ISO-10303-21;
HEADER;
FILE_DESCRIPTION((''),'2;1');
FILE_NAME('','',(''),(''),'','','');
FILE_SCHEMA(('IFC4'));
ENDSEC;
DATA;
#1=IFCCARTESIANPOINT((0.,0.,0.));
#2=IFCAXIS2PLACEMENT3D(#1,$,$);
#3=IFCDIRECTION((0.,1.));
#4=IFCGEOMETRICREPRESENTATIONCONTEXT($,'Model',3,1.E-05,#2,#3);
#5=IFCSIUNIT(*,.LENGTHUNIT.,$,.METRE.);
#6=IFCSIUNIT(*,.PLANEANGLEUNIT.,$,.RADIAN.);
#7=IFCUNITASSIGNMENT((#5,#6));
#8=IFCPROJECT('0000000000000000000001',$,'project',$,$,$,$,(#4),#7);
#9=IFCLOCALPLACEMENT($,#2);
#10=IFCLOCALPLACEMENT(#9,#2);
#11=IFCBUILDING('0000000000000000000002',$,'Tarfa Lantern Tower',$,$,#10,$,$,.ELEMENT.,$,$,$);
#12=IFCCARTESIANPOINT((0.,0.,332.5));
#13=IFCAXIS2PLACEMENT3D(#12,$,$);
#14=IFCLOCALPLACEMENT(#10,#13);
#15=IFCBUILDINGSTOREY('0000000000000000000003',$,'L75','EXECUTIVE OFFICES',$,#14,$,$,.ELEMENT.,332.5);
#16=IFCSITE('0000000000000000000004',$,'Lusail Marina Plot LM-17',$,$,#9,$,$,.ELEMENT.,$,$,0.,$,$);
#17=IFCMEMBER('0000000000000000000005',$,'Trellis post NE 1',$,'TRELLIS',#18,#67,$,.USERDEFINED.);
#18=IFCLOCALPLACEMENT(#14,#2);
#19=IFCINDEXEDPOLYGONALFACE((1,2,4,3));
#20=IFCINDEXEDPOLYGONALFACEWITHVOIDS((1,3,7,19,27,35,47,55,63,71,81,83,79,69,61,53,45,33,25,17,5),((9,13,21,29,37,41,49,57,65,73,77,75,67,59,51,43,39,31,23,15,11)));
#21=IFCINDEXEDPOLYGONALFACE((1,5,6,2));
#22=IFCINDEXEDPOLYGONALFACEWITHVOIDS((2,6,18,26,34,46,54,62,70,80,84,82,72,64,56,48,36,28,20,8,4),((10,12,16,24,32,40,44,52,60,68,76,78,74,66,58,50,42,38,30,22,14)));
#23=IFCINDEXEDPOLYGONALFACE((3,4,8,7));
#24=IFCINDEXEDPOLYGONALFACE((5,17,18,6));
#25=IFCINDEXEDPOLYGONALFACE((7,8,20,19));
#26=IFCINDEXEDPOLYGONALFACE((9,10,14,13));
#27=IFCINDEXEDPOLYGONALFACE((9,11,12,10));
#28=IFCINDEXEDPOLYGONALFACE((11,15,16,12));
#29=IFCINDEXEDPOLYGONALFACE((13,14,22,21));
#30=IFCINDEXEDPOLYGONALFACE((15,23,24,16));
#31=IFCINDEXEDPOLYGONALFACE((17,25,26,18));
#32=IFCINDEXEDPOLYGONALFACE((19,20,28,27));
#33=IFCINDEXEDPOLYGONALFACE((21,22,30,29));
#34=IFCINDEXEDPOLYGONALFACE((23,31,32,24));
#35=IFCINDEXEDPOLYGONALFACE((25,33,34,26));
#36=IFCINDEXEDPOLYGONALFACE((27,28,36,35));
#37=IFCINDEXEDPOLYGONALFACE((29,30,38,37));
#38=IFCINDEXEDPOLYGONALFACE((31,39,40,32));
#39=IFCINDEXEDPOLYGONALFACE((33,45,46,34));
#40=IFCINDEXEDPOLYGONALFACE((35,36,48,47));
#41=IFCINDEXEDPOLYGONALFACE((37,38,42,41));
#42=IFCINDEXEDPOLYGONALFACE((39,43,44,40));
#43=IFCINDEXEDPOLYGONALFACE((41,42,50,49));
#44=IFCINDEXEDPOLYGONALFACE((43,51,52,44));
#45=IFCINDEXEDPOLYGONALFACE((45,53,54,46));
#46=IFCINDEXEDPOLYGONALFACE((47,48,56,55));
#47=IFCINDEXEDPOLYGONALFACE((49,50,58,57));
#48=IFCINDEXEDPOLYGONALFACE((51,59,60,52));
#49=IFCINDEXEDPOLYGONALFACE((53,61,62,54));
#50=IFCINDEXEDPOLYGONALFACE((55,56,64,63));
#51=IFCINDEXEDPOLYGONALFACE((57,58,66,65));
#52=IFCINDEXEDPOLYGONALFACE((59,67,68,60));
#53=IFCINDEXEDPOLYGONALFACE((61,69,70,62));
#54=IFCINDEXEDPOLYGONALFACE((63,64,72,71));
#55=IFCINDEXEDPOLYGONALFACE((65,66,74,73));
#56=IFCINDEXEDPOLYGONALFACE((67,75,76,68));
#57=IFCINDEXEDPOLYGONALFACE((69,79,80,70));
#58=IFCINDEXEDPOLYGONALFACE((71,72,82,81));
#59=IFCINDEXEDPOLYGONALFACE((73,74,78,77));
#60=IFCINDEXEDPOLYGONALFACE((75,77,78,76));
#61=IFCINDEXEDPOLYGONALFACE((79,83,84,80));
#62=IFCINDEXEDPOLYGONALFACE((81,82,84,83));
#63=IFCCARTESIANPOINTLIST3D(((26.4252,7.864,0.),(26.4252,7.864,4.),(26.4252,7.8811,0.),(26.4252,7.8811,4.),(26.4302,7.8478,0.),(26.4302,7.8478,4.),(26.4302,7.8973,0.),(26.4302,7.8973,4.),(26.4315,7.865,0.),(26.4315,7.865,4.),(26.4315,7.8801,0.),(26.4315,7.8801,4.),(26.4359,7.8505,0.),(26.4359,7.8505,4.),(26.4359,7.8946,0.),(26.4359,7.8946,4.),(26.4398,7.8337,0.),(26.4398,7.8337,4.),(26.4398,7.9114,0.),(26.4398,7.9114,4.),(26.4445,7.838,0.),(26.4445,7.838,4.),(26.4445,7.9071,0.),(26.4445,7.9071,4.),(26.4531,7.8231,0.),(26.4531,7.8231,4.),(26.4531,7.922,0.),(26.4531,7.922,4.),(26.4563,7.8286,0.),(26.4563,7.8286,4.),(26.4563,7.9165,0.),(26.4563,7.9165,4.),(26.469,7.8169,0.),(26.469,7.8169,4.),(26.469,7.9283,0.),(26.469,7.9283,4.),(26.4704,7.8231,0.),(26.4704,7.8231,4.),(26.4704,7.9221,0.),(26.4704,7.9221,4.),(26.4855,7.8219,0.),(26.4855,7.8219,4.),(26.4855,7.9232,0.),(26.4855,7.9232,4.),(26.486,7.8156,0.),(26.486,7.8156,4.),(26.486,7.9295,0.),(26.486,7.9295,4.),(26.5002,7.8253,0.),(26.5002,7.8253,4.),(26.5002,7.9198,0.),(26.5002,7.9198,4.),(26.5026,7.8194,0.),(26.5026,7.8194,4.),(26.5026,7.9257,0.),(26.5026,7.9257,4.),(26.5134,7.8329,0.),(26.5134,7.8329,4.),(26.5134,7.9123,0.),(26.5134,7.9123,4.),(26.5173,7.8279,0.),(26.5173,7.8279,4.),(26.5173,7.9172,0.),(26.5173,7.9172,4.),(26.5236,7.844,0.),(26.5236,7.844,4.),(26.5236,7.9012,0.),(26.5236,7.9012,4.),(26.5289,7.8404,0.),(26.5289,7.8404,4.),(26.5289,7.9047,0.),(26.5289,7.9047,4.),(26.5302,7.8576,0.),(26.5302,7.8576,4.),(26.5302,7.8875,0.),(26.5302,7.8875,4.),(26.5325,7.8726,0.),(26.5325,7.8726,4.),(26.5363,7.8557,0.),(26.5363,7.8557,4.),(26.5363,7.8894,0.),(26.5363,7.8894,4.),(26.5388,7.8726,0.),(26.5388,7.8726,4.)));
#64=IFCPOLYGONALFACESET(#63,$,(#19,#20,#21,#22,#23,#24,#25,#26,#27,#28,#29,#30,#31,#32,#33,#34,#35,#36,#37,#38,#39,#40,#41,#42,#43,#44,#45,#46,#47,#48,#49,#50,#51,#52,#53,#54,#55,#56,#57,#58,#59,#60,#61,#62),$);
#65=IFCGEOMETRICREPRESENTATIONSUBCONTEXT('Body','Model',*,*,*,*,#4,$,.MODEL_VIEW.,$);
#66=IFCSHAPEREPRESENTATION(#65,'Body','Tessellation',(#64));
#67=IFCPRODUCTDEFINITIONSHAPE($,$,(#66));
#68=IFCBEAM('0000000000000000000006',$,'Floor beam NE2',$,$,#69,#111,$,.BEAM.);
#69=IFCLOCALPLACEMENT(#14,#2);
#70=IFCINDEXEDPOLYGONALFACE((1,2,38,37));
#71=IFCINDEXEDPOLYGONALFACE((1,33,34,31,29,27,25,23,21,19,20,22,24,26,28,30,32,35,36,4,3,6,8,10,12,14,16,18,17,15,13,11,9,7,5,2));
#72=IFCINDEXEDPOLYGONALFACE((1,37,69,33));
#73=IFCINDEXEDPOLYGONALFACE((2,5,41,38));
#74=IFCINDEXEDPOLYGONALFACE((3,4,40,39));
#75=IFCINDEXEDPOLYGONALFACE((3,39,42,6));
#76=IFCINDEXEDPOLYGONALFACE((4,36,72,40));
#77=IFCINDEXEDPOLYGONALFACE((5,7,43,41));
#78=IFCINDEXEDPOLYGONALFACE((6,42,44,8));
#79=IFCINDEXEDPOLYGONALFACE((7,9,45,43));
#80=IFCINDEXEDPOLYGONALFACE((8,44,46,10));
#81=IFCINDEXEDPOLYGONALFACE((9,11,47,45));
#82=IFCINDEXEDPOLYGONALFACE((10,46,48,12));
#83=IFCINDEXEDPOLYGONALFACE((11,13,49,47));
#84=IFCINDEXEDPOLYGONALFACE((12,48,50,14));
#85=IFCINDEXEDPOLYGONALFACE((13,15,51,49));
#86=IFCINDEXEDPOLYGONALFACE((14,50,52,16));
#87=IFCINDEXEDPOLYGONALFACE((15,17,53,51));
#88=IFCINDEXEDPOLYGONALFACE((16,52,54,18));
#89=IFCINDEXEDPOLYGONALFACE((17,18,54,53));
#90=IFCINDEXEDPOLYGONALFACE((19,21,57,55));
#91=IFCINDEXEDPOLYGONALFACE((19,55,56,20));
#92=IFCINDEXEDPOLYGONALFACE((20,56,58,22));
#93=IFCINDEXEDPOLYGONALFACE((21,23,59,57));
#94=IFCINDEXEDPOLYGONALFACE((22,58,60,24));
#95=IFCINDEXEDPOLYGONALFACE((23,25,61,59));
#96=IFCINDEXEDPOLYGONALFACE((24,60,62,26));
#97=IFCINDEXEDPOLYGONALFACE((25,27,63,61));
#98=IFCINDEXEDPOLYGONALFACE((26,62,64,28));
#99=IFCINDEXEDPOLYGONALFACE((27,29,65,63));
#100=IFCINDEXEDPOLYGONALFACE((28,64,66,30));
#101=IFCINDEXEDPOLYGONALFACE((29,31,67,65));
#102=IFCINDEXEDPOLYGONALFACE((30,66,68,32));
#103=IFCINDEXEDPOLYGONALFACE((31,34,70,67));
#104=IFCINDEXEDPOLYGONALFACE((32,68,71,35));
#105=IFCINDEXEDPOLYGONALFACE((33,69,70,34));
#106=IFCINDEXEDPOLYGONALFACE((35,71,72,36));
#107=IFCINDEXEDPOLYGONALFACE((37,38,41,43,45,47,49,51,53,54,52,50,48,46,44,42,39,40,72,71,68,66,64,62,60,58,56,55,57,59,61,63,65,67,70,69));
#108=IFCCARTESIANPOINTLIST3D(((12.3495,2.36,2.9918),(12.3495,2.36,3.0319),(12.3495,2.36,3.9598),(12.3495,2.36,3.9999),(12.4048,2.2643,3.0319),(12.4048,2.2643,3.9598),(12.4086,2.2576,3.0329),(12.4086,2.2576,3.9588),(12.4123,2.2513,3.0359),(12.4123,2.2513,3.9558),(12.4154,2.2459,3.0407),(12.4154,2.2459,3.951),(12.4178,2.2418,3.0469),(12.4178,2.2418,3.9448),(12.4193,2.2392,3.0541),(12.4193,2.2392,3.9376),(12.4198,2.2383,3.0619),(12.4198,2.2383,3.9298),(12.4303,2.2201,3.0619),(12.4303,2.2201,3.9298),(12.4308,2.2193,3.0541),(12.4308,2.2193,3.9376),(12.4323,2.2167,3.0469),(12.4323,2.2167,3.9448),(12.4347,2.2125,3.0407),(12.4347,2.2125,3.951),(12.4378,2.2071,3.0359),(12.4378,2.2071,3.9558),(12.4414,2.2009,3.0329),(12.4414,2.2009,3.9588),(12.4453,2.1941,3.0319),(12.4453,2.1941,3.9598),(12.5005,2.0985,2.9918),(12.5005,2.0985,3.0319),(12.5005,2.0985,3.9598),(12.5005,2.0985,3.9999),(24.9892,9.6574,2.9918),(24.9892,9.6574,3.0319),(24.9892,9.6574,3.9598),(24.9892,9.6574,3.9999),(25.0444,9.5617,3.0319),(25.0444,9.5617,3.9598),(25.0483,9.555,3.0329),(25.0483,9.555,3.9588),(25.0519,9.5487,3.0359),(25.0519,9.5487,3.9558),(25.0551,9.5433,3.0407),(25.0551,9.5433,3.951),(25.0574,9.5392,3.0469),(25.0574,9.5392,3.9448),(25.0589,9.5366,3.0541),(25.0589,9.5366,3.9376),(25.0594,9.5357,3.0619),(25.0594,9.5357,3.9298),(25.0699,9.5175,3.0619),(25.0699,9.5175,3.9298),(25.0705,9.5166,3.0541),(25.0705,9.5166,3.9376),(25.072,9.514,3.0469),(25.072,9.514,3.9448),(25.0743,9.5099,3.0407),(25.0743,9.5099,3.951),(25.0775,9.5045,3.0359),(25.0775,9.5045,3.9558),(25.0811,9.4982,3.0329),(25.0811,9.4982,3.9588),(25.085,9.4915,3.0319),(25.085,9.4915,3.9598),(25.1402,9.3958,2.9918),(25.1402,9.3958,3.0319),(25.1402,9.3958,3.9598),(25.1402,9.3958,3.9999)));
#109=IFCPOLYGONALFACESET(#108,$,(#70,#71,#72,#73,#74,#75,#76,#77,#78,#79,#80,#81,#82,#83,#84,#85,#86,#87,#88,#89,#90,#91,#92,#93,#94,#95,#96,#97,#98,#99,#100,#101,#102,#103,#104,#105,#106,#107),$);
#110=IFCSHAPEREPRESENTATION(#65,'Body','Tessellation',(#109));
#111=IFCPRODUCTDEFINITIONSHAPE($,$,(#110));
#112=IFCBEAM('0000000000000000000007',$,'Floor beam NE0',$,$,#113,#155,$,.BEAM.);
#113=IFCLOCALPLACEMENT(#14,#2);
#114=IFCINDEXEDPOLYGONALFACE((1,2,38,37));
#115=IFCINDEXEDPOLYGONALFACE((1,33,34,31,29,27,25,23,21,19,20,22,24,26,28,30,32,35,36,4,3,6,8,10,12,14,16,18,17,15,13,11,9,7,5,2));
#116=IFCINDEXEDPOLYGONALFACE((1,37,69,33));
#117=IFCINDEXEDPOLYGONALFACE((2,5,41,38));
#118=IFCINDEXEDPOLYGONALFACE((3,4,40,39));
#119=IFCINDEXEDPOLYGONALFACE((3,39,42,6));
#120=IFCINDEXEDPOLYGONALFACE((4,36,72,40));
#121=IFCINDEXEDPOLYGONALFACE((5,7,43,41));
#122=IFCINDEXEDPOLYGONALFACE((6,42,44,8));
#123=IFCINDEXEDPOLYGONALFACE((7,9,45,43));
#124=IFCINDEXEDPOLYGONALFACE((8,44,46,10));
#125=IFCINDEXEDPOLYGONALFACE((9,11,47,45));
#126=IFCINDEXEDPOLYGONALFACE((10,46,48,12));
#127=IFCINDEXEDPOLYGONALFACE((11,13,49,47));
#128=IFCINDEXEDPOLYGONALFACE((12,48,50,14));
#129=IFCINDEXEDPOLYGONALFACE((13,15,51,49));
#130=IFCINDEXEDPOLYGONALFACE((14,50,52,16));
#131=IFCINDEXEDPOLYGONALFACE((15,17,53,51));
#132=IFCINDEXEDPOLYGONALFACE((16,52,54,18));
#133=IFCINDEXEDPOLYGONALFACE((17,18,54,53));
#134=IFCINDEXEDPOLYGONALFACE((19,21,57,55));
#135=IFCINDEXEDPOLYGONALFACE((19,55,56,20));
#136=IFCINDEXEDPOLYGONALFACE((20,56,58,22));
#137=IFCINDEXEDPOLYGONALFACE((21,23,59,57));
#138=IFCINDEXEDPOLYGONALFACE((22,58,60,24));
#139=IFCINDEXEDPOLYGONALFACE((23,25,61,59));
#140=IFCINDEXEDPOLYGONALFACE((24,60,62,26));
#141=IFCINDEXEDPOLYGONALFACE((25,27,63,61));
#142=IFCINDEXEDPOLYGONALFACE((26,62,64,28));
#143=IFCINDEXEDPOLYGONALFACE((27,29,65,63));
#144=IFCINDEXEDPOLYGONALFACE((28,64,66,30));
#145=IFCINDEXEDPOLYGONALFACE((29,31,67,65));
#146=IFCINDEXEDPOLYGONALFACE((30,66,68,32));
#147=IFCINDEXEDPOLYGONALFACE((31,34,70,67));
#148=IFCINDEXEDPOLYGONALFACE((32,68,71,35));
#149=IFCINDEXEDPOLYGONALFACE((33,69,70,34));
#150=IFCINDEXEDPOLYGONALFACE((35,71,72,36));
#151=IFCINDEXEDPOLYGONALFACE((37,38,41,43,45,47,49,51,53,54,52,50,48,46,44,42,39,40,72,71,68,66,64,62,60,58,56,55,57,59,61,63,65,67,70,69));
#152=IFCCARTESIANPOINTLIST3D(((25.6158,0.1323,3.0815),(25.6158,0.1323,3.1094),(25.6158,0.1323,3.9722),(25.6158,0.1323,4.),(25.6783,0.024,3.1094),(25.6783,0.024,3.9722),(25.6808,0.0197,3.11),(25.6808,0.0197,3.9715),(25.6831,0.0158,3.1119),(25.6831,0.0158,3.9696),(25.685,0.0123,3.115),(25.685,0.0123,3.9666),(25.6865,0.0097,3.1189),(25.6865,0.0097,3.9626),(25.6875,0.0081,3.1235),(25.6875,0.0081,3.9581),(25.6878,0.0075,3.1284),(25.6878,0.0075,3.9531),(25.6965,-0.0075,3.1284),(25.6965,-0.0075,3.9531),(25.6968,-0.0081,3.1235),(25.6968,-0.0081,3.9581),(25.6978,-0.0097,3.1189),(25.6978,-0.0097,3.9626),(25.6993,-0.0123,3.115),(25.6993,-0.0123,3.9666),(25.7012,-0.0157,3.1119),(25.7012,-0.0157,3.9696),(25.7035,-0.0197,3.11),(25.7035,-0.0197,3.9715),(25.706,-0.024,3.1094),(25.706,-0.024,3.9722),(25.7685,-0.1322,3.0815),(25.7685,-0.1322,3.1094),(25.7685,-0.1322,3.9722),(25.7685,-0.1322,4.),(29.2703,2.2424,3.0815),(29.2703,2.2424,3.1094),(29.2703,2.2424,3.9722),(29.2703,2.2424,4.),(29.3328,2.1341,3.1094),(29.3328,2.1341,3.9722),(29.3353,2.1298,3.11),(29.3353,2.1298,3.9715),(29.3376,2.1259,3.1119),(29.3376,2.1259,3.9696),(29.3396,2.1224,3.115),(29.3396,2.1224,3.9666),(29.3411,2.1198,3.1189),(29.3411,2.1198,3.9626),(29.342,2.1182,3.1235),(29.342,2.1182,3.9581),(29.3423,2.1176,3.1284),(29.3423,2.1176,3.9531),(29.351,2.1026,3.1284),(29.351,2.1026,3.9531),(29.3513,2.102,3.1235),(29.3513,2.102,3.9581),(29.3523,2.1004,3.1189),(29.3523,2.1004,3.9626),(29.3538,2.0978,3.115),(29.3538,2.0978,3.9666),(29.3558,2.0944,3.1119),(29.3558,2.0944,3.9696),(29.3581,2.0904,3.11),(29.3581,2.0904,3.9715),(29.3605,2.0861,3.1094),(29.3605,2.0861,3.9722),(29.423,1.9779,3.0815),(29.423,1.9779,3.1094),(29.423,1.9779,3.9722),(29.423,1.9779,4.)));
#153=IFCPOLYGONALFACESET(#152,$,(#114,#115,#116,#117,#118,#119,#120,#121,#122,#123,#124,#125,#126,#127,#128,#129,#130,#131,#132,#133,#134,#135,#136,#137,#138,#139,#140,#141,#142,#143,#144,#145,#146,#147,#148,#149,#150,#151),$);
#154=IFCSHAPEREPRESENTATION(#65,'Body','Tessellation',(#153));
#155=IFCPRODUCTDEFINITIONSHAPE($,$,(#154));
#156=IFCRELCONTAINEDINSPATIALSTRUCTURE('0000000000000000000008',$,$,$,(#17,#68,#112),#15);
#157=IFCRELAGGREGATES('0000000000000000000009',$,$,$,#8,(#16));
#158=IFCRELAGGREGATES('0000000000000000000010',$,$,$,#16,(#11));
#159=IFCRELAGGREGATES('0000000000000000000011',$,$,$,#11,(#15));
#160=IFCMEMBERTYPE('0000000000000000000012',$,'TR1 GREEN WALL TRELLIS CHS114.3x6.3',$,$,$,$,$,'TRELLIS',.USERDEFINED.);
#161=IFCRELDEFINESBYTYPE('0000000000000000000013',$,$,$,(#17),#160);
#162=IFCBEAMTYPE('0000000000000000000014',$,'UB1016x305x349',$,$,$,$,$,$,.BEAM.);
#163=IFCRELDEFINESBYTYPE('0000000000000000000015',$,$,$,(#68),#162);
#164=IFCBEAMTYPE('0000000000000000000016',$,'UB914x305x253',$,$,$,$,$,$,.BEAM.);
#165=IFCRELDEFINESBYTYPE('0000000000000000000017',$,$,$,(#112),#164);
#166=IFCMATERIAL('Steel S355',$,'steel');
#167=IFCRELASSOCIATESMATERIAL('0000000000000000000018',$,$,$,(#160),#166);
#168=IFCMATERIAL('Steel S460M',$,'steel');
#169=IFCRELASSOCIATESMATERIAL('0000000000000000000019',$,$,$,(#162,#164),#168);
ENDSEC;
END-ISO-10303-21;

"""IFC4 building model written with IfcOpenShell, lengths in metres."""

from ifc_helpers import new_model, si_unit, direction, frame, origin, origin_2d, place, context, subcontext, project, spatial, hollow_circle, i_section, extrude, material, material_profile, profile_set, type_object, element, save


model = new_model("IFC4")

# Units and contexts
model_context = context("Model", 3, precision=1e-05, world=origin(), true_north=direction((0.0, 1.0)))
body_context = subcontext(model_context, "Body", "Model", "MODEL_VIEW")
ifc_project = project(units=[si_unit("LENGTHUNIT", "METRE"), si_unit("PLANEANGLEUNIT", "RADIAN")], contexts=[model_context])

# Site, building, storey
site_placement = place(None, origin())
site = spatial("IfcSite", under=ifc_project, at=site_placement, Name="Lusail Marina Plot LM-17", CompositionType="ELEMENT", RefElevation=0.0)
building_placement = place(site_placement, origin())
building = spatial("IfcBuilding", under=site, at=building_placement, Name="Tarfa Lantern Tower", CompositionType="ELEMENT")
storey_placement = place(building_placement, frame((0.0, 0.0, 332.5)))
storey = spatial("IfcBuildingStorey", under=building, at=storey_placement, Name="L75", Description="EXECUTIVE OFFICES", CompositionType="ELEMENT", Elevation=332.5)

# Member
ifc_material_1 = material(Name="Steel S355", Category="steel")
ifc_material_profile_1 = material_profile(ifc_material_1, hollow_circle(Radius=0.0571, WallThickness=0.0063, at=origin_2d()), Name="CHS114.3x6.3")
ifc_profile_set_1 = profile_set([ifc_material_profile_1], Name="Steel S355")
member_type_1 = type_object("IfcMemberType", Name="TR1 GREEN WALL TRELLIS CHS114.3x6.3", ElementType="TRELLIS", PredefinedType="USERDEFINED", material=ifc_profile_set_1)
member_1_placement = place(storey_placement, frame((26.4817, 7.8726, 0.0), z_axis=(0.0, 0.0, 1.0), x_axis=(1.0, 0.0, 0.0)))
element("IfcMember", 1, at=member_1_placement, inside=storey, type_object=member_type_1, Name="Trellis post NE 1", ObjectType="TRELLIS", PredefinedType="USERDEFINED", context=body_context, shape_type="SweptSolid", body=[
    extrude(hollow_circle(Radius=0.0571, WallThickness=0.0063, at=origin_2d()), origin(), (0.0, 0.0, 1.0), 4.0),
])

# Beams
ifc_material_2 = material(Name="Steel S460M", Category="steel")
ifc_material_profile_2 = material_profile(ifc_material_2, i_section(OverallWidth=0.302, OverallDepth=1.0081, WebThickness=0.021, FlangeThickness=0.04, FilletRadius=0.03, at=origin_2d()), Name="UB1016x305x349")
ifc_profile_set_2 = profile_set([ifc_material_profile_2], Name="Steel S460M")
beam_type_1 = type_object("IfcBeamType", Name="UB1016x305x349", PredefinedType="BEAM", material=ifc_profile_set_2)
beam_1_placement = place(storey_placement, frame((25.0647, 9.5266, 3.4958), z_axis=(-0.86603, -0.499993, 0.0), x_axis=(0.499993, -0.86603, 0.0)))
element("IfcBeam", 2, at=beam_1_placement, inside=storey, type_object=beam_type_1, Name="Floor beam NE2", PredefinedType="BEAM", context=body_context, shape_type="SweptSolid", body=[
    extrude(i_section(OverallWidth=0.302, OverallDepth=1.0081, WebThickness=0.021, FlangeThickness=0.04, FilletRadius=0.03, at=origin_2d()), origin(), (0.0, 0.0, 1.0), 14.595),
])
ifc_material_profile_3 = material_profile(ifc_material_2, i_section(OverallWidth=0.3054, OverallDepth=0.9185, WebThickness=0.0173, FlangeThickness=0.0278, FilletRadius=0.019, at=origin_2d()), Name="UB914x305x253")
ifc_profile_set_3 = profile_set([ifc_material_profile_3], Name="Steel S460M")
beam_type_2 = type_object("IfcBeamType", Name="UB914x305x253", PredefinedType="BEAM", material=ifc_profile_set_3)
beam_2_placement = place(storey_placement, frame((29.3467, 2.1101, 3.5408), z_axis=(-0.866009, -0.500028, 0.0), x_axis=(0.500028, -0.866009, 0.0)))
element("IfcBeam", 3, at=beam_2_placement, inside=storey, type_object=beam_type_2, Name="Floor beam NE0", PredefinedType="BEAM", context=body_context, shape_type="SweptSolid", body=[
    extrude(i_section(OverallWidth=0.3054, OverallDepth=0.9185, WebThickness=0.0173, FlangeThickness=0.0278, FilletRadius=0.019, at=origin_2d()), origin(), (0.0, 0.0, 1.0), 4.22),
])

save(model, "model.ifc")
